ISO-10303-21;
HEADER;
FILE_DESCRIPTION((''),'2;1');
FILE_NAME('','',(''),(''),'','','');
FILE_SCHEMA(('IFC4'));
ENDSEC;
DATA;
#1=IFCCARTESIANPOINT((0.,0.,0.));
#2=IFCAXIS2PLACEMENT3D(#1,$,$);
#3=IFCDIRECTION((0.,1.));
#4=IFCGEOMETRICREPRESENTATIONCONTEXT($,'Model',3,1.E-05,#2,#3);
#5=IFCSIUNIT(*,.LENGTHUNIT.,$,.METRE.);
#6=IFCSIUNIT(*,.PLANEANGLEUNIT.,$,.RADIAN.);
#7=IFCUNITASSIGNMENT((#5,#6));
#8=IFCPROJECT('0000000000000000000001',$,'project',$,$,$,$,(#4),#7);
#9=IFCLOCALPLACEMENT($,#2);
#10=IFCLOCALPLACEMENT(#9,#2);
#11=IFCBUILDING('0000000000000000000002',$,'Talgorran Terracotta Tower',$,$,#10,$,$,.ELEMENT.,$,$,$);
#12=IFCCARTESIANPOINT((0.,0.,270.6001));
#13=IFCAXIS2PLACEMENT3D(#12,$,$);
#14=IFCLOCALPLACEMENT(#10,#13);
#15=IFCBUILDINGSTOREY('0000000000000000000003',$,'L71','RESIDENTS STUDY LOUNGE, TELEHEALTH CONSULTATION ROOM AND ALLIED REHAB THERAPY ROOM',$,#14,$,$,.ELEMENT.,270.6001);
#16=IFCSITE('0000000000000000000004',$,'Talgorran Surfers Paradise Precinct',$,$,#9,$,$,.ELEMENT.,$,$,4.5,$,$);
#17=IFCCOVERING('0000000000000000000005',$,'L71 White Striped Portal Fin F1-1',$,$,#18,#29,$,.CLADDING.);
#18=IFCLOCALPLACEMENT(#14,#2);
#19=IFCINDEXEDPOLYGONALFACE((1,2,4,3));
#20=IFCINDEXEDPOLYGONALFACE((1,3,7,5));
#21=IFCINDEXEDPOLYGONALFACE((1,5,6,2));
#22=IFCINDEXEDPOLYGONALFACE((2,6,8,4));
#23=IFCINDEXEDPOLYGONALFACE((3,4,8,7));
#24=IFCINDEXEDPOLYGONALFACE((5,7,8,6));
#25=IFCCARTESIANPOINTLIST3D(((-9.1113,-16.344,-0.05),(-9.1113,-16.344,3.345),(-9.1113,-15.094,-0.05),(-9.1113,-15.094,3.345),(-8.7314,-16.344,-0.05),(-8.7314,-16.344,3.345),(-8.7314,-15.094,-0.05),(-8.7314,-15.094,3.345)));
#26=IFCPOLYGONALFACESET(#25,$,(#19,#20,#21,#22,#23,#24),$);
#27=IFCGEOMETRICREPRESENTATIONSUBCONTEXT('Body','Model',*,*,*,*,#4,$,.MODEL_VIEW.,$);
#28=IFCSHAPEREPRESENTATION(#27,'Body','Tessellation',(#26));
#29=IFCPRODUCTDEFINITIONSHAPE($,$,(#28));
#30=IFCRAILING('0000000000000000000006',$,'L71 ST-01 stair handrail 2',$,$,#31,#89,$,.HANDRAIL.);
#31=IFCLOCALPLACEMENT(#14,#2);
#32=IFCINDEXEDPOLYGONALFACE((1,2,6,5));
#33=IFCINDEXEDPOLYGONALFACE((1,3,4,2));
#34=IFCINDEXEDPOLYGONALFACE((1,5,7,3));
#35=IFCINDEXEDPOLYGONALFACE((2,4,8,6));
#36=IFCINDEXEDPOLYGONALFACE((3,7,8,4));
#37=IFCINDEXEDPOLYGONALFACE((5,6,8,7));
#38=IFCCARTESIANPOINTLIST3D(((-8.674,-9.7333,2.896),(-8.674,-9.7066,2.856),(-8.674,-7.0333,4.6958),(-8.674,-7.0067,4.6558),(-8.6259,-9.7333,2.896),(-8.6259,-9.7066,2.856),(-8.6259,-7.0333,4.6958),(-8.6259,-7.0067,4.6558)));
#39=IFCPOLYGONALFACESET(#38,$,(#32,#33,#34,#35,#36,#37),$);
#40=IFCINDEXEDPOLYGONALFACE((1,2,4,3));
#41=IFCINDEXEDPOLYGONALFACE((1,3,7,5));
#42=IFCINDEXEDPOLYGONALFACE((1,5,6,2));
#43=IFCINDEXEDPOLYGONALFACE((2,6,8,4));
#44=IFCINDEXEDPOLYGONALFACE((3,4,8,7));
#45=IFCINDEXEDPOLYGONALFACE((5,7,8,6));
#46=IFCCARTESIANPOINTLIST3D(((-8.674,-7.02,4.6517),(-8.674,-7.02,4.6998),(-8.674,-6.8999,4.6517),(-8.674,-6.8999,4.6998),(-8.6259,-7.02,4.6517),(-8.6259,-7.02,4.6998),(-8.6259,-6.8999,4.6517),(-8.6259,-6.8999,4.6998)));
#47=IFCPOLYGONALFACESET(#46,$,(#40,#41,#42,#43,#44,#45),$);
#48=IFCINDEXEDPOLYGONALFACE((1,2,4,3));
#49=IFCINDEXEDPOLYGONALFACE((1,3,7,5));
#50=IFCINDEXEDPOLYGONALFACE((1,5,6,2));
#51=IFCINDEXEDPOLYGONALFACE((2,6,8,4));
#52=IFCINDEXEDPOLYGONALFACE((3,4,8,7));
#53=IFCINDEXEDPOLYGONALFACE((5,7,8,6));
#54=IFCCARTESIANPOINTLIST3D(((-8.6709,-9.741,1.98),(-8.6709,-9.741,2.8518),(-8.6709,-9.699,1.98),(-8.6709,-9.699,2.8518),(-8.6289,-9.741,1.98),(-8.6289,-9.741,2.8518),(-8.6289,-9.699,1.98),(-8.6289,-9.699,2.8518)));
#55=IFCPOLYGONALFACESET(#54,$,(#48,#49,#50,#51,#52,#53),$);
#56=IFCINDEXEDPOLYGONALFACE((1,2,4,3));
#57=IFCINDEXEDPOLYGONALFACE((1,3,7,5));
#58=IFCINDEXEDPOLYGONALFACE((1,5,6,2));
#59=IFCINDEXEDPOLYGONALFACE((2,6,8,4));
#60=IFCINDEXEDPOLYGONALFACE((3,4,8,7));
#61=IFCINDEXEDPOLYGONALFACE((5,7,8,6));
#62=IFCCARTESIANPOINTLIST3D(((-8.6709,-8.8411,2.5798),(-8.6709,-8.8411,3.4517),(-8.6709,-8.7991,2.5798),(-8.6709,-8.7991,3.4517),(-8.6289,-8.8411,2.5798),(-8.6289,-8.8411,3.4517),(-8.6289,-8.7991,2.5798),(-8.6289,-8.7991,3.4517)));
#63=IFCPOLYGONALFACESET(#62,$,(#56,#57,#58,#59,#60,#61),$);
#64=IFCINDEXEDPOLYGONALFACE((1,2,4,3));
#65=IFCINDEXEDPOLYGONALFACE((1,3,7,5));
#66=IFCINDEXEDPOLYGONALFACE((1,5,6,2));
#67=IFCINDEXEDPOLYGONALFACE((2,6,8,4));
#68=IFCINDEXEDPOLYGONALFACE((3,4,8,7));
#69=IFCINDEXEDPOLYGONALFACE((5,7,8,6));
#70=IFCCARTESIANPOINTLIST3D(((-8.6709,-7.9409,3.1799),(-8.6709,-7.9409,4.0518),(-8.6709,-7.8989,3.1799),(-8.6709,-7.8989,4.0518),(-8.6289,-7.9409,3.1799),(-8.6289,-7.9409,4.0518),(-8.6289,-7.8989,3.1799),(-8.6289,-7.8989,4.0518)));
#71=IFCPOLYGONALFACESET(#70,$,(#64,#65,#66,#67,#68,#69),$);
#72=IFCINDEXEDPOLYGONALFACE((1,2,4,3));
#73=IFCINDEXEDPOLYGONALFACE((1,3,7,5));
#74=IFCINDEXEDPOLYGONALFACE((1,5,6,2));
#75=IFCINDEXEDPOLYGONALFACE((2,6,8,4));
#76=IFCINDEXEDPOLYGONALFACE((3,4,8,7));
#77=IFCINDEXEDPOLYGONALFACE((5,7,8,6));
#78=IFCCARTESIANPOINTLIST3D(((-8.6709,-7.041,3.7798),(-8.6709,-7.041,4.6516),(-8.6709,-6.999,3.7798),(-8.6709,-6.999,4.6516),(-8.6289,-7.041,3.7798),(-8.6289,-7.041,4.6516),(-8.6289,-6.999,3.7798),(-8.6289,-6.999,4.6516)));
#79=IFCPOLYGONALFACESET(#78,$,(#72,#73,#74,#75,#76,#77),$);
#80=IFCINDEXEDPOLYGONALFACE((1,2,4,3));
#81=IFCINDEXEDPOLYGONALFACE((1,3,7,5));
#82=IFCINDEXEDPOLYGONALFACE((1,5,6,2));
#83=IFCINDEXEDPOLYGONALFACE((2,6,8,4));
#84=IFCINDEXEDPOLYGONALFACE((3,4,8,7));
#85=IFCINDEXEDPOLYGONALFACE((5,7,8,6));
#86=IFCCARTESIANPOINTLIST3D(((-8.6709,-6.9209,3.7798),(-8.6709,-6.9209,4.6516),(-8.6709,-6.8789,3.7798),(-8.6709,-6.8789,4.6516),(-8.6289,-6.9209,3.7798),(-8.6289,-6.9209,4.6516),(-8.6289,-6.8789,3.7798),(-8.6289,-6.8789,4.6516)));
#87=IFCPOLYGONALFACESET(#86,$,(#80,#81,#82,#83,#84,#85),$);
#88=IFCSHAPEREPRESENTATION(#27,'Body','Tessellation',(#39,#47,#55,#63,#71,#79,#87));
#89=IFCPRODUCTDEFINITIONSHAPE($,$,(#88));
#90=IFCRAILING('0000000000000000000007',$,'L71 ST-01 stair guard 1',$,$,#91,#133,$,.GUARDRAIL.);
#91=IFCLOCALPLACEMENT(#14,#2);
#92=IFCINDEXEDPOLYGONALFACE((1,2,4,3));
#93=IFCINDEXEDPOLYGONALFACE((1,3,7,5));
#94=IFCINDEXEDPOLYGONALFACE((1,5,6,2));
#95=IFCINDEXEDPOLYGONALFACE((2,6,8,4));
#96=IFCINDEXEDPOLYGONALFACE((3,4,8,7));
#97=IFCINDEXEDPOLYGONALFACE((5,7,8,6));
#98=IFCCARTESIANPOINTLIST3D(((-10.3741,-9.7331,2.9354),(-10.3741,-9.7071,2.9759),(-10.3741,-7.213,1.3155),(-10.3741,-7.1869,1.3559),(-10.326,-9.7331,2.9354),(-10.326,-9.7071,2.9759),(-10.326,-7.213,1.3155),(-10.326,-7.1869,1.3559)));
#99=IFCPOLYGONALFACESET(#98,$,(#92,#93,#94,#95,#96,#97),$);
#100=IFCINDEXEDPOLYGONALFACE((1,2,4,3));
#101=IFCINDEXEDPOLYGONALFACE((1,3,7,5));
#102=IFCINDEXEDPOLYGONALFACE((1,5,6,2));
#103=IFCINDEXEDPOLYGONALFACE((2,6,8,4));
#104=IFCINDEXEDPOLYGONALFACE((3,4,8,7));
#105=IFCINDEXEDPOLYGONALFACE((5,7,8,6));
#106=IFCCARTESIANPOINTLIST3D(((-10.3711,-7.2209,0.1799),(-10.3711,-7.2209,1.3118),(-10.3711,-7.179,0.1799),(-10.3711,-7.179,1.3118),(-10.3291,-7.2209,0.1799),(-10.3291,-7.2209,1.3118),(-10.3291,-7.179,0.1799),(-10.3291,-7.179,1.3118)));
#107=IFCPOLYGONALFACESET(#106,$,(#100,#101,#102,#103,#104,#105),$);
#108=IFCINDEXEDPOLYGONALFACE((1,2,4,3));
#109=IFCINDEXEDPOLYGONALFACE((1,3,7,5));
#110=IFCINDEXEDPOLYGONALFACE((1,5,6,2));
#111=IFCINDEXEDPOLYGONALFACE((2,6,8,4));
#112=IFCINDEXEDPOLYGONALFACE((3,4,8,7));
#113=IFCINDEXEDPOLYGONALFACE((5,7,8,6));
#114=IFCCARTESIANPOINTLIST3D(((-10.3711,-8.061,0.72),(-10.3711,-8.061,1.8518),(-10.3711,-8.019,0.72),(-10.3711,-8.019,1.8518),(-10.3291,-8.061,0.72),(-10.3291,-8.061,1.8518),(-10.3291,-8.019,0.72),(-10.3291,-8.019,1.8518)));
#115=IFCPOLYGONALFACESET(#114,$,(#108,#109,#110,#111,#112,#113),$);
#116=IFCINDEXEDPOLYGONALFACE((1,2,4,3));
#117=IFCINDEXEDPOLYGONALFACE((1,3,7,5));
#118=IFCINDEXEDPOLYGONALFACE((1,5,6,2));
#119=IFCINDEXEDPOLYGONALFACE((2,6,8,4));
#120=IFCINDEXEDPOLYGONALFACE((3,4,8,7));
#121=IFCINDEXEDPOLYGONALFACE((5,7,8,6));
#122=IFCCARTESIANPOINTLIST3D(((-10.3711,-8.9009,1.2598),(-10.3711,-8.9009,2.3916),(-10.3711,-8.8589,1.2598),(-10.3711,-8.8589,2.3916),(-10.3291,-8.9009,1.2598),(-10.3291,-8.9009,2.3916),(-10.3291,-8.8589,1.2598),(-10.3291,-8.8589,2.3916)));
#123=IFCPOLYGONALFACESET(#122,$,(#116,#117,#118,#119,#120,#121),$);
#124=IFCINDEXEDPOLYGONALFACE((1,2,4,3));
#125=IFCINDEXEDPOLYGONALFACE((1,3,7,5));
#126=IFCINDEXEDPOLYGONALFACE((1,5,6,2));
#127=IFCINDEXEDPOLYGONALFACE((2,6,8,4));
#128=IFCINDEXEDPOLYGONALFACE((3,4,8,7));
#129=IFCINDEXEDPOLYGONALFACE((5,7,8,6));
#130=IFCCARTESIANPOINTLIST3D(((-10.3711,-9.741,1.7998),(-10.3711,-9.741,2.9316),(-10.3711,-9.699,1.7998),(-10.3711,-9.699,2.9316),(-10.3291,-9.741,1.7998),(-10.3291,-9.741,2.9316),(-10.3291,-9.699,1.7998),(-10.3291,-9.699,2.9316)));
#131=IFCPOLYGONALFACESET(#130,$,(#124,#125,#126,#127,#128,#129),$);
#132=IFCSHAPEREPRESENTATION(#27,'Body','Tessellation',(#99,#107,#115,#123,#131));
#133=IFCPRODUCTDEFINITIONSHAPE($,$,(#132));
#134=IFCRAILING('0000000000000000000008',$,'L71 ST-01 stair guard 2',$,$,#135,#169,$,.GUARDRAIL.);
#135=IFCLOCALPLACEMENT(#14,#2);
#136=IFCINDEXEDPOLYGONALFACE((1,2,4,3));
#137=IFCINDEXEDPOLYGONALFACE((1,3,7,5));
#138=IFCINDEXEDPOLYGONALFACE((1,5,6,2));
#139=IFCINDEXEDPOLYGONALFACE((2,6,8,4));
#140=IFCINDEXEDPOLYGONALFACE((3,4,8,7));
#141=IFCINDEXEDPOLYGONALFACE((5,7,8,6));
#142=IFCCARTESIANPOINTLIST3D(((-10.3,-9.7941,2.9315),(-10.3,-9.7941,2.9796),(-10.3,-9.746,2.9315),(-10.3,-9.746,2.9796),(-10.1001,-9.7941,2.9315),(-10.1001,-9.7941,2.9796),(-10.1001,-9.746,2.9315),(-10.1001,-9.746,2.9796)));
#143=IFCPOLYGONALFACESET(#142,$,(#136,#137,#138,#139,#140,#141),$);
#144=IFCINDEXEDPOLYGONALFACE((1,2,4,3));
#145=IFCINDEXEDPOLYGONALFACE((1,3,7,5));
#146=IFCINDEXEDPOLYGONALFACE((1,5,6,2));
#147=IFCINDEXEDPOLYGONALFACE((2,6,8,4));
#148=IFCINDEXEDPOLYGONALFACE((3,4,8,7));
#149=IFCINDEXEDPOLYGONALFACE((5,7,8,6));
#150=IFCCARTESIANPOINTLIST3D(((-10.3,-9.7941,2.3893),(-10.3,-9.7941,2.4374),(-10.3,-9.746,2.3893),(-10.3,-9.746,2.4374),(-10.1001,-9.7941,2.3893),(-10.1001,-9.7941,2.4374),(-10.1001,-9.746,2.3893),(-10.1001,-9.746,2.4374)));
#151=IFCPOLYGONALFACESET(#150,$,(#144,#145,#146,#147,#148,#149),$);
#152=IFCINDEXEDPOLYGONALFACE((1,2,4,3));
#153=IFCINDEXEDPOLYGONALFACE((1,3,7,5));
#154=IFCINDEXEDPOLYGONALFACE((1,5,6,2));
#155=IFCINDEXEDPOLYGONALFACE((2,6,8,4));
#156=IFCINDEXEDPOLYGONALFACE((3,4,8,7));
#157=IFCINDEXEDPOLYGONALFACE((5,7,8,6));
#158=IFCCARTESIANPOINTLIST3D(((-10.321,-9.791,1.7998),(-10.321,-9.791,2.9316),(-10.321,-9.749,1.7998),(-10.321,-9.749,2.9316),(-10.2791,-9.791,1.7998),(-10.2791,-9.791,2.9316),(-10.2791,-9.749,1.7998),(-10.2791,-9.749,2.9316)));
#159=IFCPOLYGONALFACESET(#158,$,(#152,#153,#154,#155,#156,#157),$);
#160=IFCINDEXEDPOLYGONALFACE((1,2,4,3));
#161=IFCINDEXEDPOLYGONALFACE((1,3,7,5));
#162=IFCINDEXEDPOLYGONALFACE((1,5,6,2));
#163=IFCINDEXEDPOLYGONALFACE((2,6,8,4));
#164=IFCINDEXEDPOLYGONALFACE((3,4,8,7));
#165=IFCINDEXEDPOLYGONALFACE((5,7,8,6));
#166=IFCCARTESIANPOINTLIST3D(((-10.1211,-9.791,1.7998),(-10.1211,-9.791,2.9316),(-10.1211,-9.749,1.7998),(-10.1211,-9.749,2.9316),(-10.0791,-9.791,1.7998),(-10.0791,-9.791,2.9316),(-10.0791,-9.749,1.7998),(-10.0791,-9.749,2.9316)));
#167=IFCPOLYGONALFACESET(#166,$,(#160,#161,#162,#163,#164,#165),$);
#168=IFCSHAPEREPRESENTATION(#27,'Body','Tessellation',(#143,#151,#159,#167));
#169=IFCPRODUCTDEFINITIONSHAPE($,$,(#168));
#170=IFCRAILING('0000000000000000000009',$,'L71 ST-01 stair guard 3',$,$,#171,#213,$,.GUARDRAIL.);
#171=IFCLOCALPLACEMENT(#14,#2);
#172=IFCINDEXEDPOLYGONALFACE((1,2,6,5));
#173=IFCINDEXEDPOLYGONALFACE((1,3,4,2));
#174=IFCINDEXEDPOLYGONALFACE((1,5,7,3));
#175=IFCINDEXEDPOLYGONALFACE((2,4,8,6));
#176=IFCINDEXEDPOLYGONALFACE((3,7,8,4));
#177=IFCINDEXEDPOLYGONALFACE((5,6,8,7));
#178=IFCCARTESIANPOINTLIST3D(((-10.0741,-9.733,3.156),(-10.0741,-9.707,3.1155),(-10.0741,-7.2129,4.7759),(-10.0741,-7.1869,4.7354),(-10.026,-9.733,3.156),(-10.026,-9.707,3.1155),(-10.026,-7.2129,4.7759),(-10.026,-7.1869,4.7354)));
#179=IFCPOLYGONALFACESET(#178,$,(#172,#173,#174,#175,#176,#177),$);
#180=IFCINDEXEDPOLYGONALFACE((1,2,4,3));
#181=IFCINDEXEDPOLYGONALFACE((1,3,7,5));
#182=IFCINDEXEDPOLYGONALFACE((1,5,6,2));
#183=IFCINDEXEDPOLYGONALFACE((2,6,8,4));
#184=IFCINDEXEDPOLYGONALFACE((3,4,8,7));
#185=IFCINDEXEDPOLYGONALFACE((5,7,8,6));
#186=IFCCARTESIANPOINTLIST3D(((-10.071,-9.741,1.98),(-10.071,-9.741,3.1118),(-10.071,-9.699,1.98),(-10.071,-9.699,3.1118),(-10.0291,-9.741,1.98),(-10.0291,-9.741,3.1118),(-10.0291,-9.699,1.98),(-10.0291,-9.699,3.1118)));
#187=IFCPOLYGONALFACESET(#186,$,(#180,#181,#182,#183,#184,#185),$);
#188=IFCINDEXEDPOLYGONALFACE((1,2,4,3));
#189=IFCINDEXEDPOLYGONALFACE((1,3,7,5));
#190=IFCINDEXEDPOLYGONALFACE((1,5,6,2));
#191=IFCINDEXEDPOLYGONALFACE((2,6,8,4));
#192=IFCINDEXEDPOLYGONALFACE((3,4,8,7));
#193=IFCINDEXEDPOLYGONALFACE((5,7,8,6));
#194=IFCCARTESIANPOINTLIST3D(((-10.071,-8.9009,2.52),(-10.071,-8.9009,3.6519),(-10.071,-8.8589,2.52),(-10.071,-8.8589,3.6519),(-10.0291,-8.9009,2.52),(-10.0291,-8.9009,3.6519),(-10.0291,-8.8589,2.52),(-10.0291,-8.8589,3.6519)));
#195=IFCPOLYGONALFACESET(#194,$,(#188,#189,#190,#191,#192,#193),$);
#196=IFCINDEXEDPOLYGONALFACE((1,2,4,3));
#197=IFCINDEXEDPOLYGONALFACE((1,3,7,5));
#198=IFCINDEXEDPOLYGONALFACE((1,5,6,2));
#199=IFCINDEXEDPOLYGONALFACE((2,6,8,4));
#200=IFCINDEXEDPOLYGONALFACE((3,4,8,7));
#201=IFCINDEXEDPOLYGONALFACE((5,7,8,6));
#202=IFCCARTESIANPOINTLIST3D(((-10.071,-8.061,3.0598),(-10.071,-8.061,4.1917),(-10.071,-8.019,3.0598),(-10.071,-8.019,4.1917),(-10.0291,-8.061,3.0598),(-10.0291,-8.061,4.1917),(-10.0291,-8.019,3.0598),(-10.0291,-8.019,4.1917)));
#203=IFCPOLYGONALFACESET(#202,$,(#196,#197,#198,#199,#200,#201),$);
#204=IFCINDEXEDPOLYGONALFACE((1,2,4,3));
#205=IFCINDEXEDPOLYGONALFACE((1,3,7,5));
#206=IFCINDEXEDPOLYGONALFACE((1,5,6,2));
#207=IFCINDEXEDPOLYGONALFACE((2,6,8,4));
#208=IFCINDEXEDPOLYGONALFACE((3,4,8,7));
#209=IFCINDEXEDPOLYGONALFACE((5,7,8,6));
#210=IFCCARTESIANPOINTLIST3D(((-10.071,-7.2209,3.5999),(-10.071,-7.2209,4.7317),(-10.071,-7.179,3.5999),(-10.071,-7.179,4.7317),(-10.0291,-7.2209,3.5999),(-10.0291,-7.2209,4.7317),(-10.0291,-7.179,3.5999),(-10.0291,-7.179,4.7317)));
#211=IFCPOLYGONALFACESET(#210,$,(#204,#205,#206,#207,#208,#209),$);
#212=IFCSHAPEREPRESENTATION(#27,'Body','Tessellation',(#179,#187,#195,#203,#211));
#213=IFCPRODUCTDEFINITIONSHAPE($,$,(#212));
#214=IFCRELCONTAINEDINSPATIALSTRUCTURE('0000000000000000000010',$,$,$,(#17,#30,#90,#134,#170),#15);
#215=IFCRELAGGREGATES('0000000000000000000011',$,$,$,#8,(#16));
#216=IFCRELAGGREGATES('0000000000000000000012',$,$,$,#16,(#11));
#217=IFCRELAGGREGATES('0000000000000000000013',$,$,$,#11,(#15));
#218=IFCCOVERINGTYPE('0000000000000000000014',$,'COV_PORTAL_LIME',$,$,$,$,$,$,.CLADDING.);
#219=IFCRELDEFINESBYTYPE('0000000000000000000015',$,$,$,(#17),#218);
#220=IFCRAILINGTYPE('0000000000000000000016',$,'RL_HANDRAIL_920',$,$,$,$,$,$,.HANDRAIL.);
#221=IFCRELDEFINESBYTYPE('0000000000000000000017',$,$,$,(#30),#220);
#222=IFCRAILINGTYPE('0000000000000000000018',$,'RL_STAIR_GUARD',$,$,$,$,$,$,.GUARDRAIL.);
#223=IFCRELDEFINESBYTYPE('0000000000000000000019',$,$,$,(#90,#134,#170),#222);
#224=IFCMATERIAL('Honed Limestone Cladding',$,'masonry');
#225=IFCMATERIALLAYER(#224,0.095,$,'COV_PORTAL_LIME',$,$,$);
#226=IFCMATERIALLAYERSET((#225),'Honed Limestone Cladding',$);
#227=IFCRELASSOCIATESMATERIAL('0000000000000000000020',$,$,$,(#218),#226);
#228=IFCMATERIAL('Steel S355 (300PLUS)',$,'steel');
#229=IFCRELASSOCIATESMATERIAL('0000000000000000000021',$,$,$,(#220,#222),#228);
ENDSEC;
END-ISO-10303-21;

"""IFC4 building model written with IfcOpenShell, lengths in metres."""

from ifc_helpers import new_model, si_unit, direction, frame, origin, origin_2d, place, context, subcontext, project, spatial, rectangle, extrude, material, layer, layer_set, type_object, element, save


model = new_model("IFC4")

# Units and contexts
model_context = context("Model", 3, precision=1e-05, world=origin(), true_north=direction((0.0, 1.0)))
body_context = subcontext(model_context, "Body", "Model", "MODEL_VIEW")
ifc_project = project(units=[si_unit("LENGTHUNIT", "METRE"), si_unit("PLANEANGLEUNIT", "RADIAN")], contexts=[model_context])

# Site, building, storey
site_placement = place(None, origin())
site = spatial("IfcSite", under=ifc_project, at=site_placement, Name="Talgorran Surfers Paradise Precinct", CompositionType="ELEMENT", RefElevation=4.5)
building_placement = place(site_placement, origin())
building = spatial("IfcBuilding", under=site, at=building_placement, Name="Talgorran Terracotta Tower", CompositionType="ELEMENT")
storey_placement = place(building_placement, frame((0.0, 0.0, 270.6001)))
storey = spatial("IfcBuildingStorey", under=building, at=storey_placement, Name="L71", Description="RESIDENTS STUDY LOUNGE, TELEHEALTH CONSULTATION ROOM AND ALLIED REHAB THERAPY ROOM", CompositionType="ELEMENT", Elevation=270.6001)

# Shared definitions
ifc_material_1 = material(Name="Steel S355 (300PLUS)", Category="steel")

# Covering
ifc_material_2 = material(Name="Honed Limestone Cladding", Category="masonry")
ifc_layer_1 = layer(ifc_material_2, 0.095, Name="COV_PORTAL_LIME")
ifc_layer_set_1 = layer_set([ifc_layer_1], Name="Honed Limestone Cladding")
covering_type = type_object("IfcCoveringType", Name="COV_PORTAL_LIME", PredefinedType="CLADDING", material=ifc_layer_set_1)
covering_placement = place(storey_placement, frame((-8.9214, -15.719, -0.05), z_axis=(0.0, 0.0, 1.0), x_axis=(1.0, 0.0, 0.0)))
element("IfcCovering", 1, at=covering_placement, inside=storey, type_object=covering_type, Name="L71 White Striped Portal Fin F1-1", PredefinedType="CLADDING", context=body_context, shape_type="SweptSolid", body=[
    extrude(rectangle(XDim=0.3799, YDim=1.25, at=origin_2d()), origin(), (0.0, 0.0, 1.0), 3.395),
])

# Railings
railing_type_1 = type_object("IfcRailingType", Name="RL_HANDRAIL_920", PredefinedType="HANDRAIL", material=ifc_material_1)
railing_1_placement = place(storey_placement, frame((-8.6499, -9.72, 1.98)))
element("IfcRailing", 2, at=railing_1_placement, inside=storey, type_object=railing_type_1, Name="L71 ST-01 stair handrail 2", PredefinedType="HANDRAIL", context=body_context, shape_type="SweptSolid", body=[
    extrude(rectangle(XDim=0.0481, YDim=0.0481, at=origin_2d()), frame((0.0, 0.0, 0.896), z_axis=(0.0, 0.832073, 0.554665), x_axis=(-1.0, 0.0, 0.0)), (0.0, 0.0, 1.0), 3.2449),
    extrude(rectangle(XDim=0.0481, YDim=0.0481, at=origin_2d()), frame((0.0, 2.7, 2.6958), z_axis=(0.0, 1.0, 0.0), x_axis=(-1.0, 0.0, 0.0)), (0.0, 0.0, 1.0), 0.1201),
    extrude(rectangle(XDim=0.042, YDim=0.042, at=origin_2d()), origin(), (0.0, 0.0, 1.0), 0.8718),
    extrude(rectangle(XDim=0.042, YDim=0.042, at=origin_2d()), frame((0.0, 0.8999, 0.5999)), (0.0, 0.0, 1.0), 0.8718),
    extrude(rectangle(XDim=0.042, YDim=0.042, at=origin_2d()), frame((0.0, 1.8, 1.2)), (0.0, 0.0, 1.0), 0.8718),
    extrude(rectangle(XDim=0.042, YDim=0.042, at=origin_2d()), frame((0.0, 2.7, 1.7998)), (0.0, 0.0, 1.0), 0.8718),
    extrude(rectangle(XDim=0.042, YDim=0.042, at=origin_2d()), frame((0.0, 2.8201, 1.7998)), (0.0, 0.0, 1.0), 0.8718),
])
railing_type_2 = type_object("IfcRailingType", Name="RL_STAIR_GUARD", PredefinedType="GUARDRAIL", material=ifc_material_1)
railing_2_placement = place(storey_placement, frame((-10.3501, -7.2, 0.1799)))
element("IfcRailing", 3, at=railing_2_placement, inside=storey, type_object=railing_type_2, Name="L71 ST-01 stair guard 1", PredefinedType="GUARDRAIL", context=body_context, shape_type="SweptSolid", body=[
    extrude(rectangle(XDim=0.0481, YDim=0.0481, at=origin_2d()), frame((0.0, 0.0, 1.1558), z_axis=(0.0, -0.8412, 0.540725), x_axis=(1.0, 0.0, 0.0)), (0.0, 0.0, 1.0), 2.9958),
    extrude(rectangle(XDim=0.042, YDim=0.042, at=origin_2d()), origin(), (0.0, 0.0, 1.0), 1.1318),
    extrude(rectangle(XDim=0.042, YDim=0.042, at=origin_2d()), frame((0.0, -0.8401, 0.54)), (0.0, 0.0, 1.0), 1.1318),
    extrude(rectangle(XDim=0.042, YDim=0.042, at=origin_2d()), frame((0.0, -1.6799, 1.0798)), (0.0, 0.0, 1.0), 1.1318),
    extrude(rectangle(XDim=0.042, YDim=0.042, at=origin_2d()), frame((0.0, -2.52, 1.6199)), (0.0, 0.0, 1.0), 1.1318),
])
railing_3_placement = place(storey_placement, frame((-10.3, -9.77, 1.7998)))
element("IfcRailing", 4, at=railing_3_placement, inside=storey, type_object=railing_type_2, Name="L71 ST-01 stair guard 2", PredefinedType="GUARDRAIL", context=body_context, shape_type="SweptSolid", body=[
    extrude(rectangle(XDim=0.0481, YDim=0.0481, at=origin_2d()), frame((0.0, 0.0, 1.1558), z_axis=(1.0, 0.0, 0.0), x_axis=(0.0, 1.0, 0.0)), (0.0, 0.0, 1.0), 0.2),
    extrude(rectangle(XDim=0.0481, YDim=0.0481, at=origin_2d()), frame((0.0, 0.0, 0.6135), z_axis=(1.0, 0.0, 0.0), x_axis=(0.0, 1.0, 0.0)), (0.0, 0.0, 1.0), 0.2),
    extrude(rectangle(XDim=0.042, YDim=0.042, at=origin_2d()), origin(), (0.0, 0.0, 1.0), 1.1318),
    extrude(rectangle(XDim=0.042, YDim=0.042, at=origin_2d()), frame((0.2, 0.0, 0.0)), (0.0, 0.0, 1.0), 1.1318),
])
railing_4_placement = place(storey_placement, frame((-10.05, -9.72, 1.98)))
element("IfcRailing", 5, at=railing_4_placement, inside=storey, type_object=railing_type_2, Name="L71 ST-01 stair guard 3", PredefinedType="GUARDRAIL", context=body_context, shape_type="SweptSolid", body=[
    extrude(rectangle(XDim=0.0481, YDim=0.0481, at=origin_2d()), frame((0.0, 0.0, 1.1558), z_axis=(0.0, 0.8412, 0.540725), x_axis=(-1.0, 0.0, 0.0)), (0.0, 0.0, 1.0), 2.9958),
    extrude(rectangle(XDim=0.042, YDim=0.042, at=origin_2d()), origin(), (0.0, 0.0, 1.0), 1.1318),
    extrude(rectangle(XDim=0.042, YDim=0.042, at=origin_2d()), frame((0.0, 0.8401, 0.54)), (0.0, 0.0, 1.0), 1.1318),
    extrude(rectangle(XDim=0.042, YDim=0.042, at=origin_2d()), frame((0.0, 1.6799, 1.0798)), (0.0, 0.0, 1.0), 1.1318),
    extrude(rectangle(XDim=0.042, YDim=0.042, at=origin_2d()), frame((0.0, 2.52, 1.6199)), (0.0, 0.0, 1.0), 1.1318),
])

save(model, "model.ifc")
